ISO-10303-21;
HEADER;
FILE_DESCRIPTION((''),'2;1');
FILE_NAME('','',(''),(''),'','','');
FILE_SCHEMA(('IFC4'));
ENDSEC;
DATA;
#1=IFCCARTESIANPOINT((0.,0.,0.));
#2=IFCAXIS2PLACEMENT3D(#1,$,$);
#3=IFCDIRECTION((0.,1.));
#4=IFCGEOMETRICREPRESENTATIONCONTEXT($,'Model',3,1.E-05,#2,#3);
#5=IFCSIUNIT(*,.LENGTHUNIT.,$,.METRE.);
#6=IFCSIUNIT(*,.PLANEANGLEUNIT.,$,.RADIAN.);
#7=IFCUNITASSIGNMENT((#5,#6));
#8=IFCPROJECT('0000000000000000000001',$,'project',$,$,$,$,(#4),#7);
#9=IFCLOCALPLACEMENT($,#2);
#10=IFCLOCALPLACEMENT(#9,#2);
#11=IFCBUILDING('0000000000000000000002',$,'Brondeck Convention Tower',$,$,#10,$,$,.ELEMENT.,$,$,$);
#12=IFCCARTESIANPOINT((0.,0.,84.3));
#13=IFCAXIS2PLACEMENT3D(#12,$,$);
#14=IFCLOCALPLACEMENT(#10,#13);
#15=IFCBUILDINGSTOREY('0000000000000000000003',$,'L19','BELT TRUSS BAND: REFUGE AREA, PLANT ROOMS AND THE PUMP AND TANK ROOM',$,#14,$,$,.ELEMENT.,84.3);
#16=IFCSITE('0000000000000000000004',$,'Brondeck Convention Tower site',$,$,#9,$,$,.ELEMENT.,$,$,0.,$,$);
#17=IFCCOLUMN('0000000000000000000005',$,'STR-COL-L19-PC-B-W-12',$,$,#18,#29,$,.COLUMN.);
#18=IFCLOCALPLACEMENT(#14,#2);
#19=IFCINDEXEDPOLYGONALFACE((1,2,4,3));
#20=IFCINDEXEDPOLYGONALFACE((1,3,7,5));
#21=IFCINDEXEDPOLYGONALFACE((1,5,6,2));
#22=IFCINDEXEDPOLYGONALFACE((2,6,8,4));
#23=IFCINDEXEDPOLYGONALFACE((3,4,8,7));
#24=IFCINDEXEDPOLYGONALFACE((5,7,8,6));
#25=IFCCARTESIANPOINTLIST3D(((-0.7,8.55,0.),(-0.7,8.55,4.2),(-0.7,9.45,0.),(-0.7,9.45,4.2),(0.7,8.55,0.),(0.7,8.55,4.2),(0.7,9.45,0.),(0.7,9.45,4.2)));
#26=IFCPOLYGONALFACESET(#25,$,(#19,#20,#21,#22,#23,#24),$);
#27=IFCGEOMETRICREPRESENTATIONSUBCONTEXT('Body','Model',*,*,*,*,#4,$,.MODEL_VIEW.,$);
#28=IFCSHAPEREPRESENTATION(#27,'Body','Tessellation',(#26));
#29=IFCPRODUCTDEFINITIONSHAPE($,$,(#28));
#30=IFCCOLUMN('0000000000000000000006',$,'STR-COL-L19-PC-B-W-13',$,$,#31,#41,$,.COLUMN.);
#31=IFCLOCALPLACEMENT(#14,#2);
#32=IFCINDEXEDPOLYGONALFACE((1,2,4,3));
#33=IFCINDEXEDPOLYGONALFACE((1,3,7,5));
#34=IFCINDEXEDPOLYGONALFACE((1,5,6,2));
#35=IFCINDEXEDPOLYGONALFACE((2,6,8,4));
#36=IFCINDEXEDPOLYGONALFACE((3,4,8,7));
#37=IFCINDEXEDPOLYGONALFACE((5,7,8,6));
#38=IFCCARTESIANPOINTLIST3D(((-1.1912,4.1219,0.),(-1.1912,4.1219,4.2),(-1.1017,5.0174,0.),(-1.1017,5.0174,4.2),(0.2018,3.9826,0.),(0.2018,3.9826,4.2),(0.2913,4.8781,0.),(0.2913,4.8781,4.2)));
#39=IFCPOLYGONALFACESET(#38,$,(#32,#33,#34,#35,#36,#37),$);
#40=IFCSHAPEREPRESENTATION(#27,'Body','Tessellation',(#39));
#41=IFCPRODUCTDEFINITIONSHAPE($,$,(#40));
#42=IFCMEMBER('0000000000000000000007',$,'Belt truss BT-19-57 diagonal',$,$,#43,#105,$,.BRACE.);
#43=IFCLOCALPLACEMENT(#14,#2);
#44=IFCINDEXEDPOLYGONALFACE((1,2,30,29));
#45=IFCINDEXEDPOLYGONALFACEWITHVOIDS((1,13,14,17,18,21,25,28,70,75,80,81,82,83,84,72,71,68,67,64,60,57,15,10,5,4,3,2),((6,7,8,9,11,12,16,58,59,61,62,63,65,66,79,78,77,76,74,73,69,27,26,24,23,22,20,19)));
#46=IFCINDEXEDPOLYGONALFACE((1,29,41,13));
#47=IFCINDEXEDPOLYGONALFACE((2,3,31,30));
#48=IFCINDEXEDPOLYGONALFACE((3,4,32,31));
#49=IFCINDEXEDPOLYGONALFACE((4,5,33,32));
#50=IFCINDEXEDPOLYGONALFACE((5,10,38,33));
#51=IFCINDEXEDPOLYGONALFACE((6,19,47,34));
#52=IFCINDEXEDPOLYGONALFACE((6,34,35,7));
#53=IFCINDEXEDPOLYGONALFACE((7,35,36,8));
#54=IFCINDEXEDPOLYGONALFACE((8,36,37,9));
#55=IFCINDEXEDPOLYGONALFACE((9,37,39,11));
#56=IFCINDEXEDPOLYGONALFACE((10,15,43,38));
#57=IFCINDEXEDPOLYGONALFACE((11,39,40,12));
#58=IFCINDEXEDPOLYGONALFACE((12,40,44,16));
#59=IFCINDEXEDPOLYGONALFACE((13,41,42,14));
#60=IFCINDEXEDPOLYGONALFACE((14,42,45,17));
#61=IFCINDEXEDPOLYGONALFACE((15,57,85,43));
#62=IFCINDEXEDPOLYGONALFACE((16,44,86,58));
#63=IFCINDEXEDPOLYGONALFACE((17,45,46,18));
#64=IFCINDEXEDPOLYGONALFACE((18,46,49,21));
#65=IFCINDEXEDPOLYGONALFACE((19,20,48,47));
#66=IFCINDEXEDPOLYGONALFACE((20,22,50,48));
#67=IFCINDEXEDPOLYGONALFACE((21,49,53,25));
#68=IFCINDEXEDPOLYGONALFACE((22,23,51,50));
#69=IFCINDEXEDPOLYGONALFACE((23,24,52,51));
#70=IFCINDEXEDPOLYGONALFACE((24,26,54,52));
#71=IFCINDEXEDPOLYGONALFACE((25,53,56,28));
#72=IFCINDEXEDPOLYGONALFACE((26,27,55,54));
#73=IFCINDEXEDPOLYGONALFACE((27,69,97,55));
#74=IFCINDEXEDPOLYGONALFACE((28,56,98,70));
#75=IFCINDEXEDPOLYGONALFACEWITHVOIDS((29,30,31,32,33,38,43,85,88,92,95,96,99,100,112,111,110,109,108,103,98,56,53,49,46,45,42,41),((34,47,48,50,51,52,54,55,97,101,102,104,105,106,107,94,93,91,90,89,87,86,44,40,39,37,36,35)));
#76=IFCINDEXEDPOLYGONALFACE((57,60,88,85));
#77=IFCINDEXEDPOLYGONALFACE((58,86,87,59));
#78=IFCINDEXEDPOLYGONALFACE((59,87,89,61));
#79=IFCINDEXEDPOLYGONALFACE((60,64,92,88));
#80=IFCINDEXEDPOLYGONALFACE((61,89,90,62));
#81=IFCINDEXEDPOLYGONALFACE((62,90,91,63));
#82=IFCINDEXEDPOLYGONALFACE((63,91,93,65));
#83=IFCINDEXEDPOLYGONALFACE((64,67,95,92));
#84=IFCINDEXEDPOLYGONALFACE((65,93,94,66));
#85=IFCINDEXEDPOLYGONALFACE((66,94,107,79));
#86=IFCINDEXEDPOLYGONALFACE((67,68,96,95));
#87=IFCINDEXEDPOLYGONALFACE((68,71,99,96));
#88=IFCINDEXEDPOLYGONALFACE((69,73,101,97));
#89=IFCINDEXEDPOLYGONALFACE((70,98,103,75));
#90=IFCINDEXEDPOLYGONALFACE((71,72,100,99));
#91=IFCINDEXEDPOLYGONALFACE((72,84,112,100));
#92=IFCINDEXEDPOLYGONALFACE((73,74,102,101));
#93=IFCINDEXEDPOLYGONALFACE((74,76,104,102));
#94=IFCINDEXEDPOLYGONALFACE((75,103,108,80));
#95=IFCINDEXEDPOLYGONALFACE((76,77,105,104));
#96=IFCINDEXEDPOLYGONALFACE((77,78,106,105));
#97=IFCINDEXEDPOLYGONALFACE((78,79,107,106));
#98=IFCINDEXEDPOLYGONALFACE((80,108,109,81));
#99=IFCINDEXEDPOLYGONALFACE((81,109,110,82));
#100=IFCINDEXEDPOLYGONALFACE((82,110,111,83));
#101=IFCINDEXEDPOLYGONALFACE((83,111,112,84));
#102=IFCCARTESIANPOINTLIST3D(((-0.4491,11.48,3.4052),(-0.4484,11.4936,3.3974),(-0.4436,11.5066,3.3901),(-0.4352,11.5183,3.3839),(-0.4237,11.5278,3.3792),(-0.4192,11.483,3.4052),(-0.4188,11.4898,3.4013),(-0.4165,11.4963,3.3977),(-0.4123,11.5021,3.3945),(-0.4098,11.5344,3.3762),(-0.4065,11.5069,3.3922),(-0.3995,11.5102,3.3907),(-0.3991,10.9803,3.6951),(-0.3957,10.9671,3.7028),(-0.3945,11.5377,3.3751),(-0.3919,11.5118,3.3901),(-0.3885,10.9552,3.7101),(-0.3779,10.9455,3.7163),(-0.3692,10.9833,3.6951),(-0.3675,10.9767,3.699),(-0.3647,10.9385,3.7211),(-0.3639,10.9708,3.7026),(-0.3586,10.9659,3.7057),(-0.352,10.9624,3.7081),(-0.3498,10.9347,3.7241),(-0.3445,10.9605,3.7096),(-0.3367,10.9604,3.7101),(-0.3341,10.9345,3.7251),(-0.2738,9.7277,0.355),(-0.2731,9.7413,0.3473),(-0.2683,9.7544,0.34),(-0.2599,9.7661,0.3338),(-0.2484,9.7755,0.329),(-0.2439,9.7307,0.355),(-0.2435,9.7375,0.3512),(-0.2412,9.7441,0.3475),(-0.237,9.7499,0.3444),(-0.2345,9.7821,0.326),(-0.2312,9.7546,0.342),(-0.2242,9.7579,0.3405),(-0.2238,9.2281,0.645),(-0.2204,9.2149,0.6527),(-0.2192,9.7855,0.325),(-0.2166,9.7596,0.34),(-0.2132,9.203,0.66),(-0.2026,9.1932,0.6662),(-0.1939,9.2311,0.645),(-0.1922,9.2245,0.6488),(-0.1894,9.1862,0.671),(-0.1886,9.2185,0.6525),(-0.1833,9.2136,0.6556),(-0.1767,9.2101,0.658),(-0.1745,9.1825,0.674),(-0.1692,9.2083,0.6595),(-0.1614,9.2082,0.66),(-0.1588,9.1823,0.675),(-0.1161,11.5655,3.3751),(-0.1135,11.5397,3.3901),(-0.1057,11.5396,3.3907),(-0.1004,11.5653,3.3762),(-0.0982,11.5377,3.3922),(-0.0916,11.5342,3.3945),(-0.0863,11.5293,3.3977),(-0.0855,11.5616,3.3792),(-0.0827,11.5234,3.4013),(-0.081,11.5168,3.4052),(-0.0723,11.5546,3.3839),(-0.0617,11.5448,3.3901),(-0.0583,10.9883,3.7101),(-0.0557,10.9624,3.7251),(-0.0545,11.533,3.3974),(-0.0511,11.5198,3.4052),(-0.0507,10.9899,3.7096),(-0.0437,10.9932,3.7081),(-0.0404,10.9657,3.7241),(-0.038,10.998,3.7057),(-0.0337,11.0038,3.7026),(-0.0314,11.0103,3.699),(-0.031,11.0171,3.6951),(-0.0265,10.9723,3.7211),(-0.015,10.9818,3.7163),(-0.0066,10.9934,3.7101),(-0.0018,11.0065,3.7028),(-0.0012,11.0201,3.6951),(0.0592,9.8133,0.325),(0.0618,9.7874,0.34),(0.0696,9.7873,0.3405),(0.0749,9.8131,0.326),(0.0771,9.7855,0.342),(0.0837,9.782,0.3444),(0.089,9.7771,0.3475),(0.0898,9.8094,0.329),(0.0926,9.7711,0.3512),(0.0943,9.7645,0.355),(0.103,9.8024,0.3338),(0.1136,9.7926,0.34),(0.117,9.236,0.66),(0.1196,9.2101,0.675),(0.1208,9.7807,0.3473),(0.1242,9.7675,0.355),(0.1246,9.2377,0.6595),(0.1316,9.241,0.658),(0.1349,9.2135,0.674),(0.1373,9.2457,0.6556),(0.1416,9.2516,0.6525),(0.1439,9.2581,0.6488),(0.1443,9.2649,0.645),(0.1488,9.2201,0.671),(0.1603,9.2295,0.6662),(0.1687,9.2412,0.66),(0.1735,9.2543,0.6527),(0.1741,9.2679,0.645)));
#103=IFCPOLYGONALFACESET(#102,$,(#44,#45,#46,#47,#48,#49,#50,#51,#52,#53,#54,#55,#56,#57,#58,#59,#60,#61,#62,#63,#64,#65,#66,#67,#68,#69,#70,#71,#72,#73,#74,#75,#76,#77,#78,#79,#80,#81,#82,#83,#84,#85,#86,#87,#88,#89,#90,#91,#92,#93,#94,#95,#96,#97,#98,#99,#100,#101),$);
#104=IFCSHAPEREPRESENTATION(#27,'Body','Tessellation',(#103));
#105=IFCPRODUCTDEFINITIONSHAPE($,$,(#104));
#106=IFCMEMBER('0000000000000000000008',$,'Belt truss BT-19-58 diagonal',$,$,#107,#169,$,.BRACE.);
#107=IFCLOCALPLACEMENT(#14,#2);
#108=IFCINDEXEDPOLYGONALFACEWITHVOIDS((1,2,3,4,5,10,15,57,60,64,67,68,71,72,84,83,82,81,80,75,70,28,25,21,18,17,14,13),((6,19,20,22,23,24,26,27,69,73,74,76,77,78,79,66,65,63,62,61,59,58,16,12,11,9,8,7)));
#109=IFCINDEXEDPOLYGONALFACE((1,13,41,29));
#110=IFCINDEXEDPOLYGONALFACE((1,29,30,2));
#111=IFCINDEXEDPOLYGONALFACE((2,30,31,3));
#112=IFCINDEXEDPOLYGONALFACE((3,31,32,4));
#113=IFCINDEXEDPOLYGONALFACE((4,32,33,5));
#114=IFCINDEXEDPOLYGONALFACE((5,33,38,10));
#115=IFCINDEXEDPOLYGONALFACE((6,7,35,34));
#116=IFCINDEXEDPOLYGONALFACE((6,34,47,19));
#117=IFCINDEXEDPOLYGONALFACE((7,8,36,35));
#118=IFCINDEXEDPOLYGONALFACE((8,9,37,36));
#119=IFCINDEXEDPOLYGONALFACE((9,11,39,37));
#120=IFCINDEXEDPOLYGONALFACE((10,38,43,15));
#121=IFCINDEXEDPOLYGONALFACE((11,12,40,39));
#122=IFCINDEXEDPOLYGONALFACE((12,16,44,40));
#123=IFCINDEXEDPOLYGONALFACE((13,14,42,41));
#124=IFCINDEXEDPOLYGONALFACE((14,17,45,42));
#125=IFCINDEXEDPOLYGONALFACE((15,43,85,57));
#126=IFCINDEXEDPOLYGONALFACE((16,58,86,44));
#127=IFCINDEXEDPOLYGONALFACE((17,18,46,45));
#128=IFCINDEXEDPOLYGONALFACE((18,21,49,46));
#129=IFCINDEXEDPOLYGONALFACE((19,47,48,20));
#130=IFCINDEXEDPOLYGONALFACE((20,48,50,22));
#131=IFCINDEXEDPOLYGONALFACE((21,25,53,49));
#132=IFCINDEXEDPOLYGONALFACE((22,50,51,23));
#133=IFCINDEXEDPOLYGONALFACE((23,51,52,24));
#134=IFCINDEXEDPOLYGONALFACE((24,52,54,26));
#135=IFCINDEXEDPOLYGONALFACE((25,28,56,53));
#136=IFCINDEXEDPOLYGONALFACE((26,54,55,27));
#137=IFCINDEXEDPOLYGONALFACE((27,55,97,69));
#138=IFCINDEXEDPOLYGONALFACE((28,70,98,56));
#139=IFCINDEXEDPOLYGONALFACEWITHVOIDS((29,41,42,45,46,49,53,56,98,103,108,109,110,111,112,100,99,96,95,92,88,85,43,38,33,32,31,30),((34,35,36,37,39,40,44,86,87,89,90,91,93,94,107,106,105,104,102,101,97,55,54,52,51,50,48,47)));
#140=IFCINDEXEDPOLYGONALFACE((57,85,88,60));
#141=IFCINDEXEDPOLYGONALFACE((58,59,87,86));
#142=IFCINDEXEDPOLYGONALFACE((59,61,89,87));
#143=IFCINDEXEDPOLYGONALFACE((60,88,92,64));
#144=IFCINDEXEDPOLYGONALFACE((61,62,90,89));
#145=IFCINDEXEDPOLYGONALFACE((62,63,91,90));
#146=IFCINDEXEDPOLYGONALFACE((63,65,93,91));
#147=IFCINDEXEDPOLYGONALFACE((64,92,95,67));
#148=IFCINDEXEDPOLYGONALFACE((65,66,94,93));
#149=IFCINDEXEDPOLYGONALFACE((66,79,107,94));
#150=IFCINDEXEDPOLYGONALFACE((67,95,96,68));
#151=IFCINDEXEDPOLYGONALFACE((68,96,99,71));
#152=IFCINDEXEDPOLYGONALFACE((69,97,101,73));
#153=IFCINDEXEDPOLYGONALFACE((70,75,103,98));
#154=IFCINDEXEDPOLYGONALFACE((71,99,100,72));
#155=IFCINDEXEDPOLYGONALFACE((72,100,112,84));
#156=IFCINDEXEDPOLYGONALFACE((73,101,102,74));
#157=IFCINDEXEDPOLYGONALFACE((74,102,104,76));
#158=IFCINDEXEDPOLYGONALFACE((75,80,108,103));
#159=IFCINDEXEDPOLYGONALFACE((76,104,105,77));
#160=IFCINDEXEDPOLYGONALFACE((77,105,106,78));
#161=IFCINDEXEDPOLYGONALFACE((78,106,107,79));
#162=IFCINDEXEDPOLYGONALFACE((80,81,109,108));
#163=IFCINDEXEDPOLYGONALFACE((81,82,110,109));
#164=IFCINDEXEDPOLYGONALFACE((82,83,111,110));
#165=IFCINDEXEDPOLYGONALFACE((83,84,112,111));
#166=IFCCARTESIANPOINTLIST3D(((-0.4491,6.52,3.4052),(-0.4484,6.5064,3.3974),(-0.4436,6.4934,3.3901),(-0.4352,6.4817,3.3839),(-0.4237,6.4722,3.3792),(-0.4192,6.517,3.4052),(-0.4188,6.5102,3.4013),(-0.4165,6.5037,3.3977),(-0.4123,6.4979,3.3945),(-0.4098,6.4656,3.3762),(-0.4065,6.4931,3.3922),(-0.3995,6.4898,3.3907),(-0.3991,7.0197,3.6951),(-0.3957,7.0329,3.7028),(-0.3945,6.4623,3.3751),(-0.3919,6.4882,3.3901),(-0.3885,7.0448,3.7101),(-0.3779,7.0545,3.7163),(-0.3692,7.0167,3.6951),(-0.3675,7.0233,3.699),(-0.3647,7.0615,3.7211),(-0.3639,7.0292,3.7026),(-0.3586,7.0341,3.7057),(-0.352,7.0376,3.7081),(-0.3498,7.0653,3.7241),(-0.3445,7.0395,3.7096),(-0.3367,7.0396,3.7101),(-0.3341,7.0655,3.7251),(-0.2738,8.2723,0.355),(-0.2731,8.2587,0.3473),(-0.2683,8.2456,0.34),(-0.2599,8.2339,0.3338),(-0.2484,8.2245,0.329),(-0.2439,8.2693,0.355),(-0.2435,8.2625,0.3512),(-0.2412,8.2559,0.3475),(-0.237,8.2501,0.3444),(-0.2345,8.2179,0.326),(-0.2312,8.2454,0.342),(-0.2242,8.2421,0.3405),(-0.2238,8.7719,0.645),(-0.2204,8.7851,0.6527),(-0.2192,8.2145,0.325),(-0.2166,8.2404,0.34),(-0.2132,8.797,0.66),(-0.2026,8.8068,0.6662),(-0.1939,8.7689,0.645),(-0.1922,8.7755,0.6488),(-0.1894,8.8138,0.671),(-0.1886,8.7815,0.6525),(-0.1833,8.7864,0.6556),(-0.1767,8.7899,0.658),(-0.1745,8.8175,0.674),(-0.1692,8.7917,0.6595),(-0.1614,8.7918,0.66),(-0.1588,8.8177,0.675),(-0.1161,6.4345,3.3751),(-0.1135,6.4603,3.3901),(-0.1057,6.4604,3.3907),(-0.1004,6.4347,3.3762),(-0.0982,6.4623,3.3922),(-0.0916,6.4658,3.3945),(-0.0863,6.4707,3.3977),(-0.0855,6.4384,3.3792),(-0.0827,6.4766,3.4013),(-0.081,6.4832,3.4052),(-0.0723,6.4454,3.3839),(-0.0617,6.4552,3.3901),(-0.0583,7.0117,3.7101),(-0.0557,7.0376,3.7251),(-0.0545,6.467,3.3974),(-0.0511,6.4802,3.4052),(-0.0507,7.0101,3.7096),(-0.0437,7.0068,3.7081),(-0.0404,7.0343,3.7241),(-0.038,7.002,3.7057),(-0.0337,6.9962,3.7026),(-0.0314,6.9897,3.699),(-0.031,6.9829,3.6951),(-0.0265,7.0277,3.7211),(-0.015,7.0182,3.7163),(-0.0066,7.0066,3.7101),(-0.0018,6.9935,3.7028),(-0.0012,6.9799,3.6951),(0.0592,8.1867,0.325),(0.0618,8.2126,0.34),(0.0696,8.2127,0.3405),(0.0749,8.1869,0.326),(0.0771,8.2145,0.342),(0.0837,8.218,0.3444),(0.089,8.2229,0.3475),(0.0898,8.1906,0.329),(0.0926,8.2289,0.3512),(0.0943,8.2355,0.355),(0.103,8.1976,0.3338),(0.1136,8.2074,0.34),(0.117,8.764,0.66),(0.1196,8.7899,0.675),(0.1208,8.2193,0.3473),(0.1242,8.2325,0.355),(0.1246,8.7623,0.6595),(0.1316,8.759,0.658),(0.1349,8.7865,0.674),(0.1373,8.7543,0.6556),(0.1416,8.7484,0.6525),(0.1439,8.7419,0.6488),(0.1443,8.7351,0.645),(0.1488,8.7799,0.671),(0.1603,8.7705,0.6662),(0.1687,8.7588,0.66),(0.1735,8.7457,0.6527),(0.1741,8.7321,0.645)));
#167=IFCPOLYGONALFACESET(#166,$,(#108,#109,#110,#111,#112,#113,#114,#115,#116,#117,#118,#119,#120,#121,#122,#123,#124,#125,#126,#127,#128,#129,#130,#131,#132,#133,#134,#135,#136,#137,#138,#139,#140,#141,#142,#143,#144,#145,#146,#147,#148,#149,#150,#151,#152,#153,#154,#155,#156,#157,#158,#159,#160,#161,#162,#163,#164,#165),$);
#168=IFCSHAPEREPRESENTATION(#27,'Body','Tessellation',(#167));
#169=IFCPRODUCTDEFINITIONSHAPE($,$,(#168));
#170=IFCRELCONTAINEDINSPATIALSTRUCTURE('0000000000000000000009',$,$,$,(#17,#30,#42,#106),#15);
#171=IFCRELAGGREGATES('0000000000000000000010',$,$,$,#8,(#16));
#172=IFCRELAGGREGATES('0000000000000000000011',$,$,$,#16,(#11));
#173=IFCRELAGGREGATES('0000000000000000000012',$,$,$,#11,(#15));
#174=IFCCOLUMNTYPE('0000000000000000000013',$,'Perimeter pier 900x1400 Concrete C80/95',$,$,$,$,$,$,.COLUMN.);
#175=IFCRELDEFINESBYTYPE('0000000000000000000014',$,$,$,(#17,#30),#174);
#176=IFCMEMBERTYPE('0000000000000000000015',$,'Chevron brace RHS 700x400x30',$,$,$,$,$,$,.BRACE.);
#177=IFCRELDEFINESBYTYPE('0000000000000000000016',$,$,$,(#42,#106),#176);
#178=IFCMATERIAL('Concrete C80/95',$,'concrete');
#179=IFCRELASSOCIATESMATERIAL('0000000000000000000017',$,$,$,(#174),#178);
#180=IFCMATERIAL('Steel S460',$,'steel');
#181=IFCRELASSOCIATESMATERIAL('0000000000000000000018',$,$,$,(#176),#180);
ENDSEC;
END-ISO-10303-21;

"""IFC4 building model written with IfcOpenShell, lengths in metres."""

from ifc_helpers import new_model, si_unit, direction, frame, origin, origin_2d, place, context, subcontext, project, spatial, rectangle, hollow_rectangle, extrude, material, material_profile, profile_set, type_object, element, save


model = new_model("IFC4")

# Units and contexts
model_context = context("Model", 3, precision=1e-05, world=origin(), true_north=direction((0.0, 1.0)))
body_context = subcontext(model_context, "Body", "Model", "MODEL_VIEW")
ifc_project = project(units=[si_unit("LENGTHUNIT", "METRE"), si_unit("PLANEANGLEUNIT", "RADIAN")], contexts=[model_context])

# Site, building, storey
site_placement = place(None, origin())
site = spatial("IfcSite", under=ifc_project, at=site_placement, Name="Brondeck Convention Tower site", CompositionType="ELEMENT", RefElevation=0.0)
building_placement = place(site_placement, origin())
building = spatial("IfcBuilding", under=site, at=building_placement, Name="Brondeck Convention Tower", CompositionType="ELEMENT")
storey_placement = place(building_placement, frame((0.0, 0.0, 84.3)))
storey = spatial("IfcBuildingStorey", under=building, at=storey_placement, Name="L19", Description="BELT TRUSS BAND: REFUGE AREA, PLANT ROOMS AND THE PUMP AND TANK ROOM", CompositionType="ELEMENT", Elevation=84.3)

# Columns
ifc_material_1 = material(Name="Concrete C80/95", Category="concrete")
ifc_material_profile_1 = material_profile(ifc_material_1, rectangle(XDim=0.8999, YDim=1.3999, at=origin_2d()), Name="Perimeter pier 900x1400 Concrete C80/95")
ifc_profile_set_1 = profile_set([ifc_material_profile_1], Name="Concrete C80/95")
column_type = type_object("IfcColumnType", Name="Perimeter pier 900x1400 Concrete C80/95", PredefinedType="COLUMN", material=ifc_profile_set_1)
for number, where, z_axis, x_axis, name in (
    (1, (0.0, 9.0, 0.0), (0.0, 0.0, 1.0), (0.0, -1.0, 0.0), "STR-COL-L19-PC-B-W-12"),
    (2, (-0.45, 4.5, 0.0), (0.0, 0.0, 1.0), (-0.099504, -0.995037, 0.0), "STR-COL-L19-PC-B-W-13"),
):
    element("IfcColumn", number, at=place(storey_placement, frame(where, z_axis=z_axis, x_axis=x_axis)), inside=storey, type_object=column_type, Name=name, PredefinedType="COLUMN", context=body_context, shape_type="SweptSolid", body=[
        extrude(rectangle(XDim=0.8999, YDim=1.3999, at=origin_2d()), origin(), (0.0, 0.0, 1.0), 4.2),
    ])

# Members
ifc_material_2 = material(Name="Steel S460", Category="steel")
ifc_material_profile_2 = material_profile(ifc_material_2, hollow_rectangle(XDim=0.3999, YDim=0.7, WallThickness=0.03, InnerFilletRadius=0.03, OuterFilletRadius=0.0601, at=origin_2d()), Name="RHS 700x400x30")
ifc_profile_set_2 = profile_set([ifc_material_profile_2], Name="Steel S460")
member_type_1 = type_object("IfcMemberType", Name="Chevron brace RHS 700x400x30", PredefinedType="BRACE", material=ifc_profile_set_2)
for number, where, z_axis, x_axis, name in (
    (3, (-0.0498, 9.4978, 0.5), (-0.049772, 0.497516, 0.866026), (-0.995033, -0.099545, 0.0), "Belt truss BT-19-57 diagonal"),
    (4, (-0.0498, 8.5022, 0.5), (-0.049772, -0.497516, 0.866026), (0.995033, -0.099545, 0.0), "Belt truss BT-19-58 diagonal"),
):
    element("IfcMember", number, at=place(storey_placement, frame(where, z_axis=z_axis, x_axis=x_axis)), inside=storey, type_object=member_type_1, Name=name, PredefinedType="BRACE", context=body_context, shape_type="SweptSolid", body=[
        extrude(hollow_rectangle(XDim=0.3999, YDim=0.7, WallThickness=0.03, InnerFilletRadius=0.03, OuterFilletRadius=0.0601, at=origin_2d()), origin(), (0.0, 0.0, 1.0), 3.522),
    ])

save(model, "model.ifc")
